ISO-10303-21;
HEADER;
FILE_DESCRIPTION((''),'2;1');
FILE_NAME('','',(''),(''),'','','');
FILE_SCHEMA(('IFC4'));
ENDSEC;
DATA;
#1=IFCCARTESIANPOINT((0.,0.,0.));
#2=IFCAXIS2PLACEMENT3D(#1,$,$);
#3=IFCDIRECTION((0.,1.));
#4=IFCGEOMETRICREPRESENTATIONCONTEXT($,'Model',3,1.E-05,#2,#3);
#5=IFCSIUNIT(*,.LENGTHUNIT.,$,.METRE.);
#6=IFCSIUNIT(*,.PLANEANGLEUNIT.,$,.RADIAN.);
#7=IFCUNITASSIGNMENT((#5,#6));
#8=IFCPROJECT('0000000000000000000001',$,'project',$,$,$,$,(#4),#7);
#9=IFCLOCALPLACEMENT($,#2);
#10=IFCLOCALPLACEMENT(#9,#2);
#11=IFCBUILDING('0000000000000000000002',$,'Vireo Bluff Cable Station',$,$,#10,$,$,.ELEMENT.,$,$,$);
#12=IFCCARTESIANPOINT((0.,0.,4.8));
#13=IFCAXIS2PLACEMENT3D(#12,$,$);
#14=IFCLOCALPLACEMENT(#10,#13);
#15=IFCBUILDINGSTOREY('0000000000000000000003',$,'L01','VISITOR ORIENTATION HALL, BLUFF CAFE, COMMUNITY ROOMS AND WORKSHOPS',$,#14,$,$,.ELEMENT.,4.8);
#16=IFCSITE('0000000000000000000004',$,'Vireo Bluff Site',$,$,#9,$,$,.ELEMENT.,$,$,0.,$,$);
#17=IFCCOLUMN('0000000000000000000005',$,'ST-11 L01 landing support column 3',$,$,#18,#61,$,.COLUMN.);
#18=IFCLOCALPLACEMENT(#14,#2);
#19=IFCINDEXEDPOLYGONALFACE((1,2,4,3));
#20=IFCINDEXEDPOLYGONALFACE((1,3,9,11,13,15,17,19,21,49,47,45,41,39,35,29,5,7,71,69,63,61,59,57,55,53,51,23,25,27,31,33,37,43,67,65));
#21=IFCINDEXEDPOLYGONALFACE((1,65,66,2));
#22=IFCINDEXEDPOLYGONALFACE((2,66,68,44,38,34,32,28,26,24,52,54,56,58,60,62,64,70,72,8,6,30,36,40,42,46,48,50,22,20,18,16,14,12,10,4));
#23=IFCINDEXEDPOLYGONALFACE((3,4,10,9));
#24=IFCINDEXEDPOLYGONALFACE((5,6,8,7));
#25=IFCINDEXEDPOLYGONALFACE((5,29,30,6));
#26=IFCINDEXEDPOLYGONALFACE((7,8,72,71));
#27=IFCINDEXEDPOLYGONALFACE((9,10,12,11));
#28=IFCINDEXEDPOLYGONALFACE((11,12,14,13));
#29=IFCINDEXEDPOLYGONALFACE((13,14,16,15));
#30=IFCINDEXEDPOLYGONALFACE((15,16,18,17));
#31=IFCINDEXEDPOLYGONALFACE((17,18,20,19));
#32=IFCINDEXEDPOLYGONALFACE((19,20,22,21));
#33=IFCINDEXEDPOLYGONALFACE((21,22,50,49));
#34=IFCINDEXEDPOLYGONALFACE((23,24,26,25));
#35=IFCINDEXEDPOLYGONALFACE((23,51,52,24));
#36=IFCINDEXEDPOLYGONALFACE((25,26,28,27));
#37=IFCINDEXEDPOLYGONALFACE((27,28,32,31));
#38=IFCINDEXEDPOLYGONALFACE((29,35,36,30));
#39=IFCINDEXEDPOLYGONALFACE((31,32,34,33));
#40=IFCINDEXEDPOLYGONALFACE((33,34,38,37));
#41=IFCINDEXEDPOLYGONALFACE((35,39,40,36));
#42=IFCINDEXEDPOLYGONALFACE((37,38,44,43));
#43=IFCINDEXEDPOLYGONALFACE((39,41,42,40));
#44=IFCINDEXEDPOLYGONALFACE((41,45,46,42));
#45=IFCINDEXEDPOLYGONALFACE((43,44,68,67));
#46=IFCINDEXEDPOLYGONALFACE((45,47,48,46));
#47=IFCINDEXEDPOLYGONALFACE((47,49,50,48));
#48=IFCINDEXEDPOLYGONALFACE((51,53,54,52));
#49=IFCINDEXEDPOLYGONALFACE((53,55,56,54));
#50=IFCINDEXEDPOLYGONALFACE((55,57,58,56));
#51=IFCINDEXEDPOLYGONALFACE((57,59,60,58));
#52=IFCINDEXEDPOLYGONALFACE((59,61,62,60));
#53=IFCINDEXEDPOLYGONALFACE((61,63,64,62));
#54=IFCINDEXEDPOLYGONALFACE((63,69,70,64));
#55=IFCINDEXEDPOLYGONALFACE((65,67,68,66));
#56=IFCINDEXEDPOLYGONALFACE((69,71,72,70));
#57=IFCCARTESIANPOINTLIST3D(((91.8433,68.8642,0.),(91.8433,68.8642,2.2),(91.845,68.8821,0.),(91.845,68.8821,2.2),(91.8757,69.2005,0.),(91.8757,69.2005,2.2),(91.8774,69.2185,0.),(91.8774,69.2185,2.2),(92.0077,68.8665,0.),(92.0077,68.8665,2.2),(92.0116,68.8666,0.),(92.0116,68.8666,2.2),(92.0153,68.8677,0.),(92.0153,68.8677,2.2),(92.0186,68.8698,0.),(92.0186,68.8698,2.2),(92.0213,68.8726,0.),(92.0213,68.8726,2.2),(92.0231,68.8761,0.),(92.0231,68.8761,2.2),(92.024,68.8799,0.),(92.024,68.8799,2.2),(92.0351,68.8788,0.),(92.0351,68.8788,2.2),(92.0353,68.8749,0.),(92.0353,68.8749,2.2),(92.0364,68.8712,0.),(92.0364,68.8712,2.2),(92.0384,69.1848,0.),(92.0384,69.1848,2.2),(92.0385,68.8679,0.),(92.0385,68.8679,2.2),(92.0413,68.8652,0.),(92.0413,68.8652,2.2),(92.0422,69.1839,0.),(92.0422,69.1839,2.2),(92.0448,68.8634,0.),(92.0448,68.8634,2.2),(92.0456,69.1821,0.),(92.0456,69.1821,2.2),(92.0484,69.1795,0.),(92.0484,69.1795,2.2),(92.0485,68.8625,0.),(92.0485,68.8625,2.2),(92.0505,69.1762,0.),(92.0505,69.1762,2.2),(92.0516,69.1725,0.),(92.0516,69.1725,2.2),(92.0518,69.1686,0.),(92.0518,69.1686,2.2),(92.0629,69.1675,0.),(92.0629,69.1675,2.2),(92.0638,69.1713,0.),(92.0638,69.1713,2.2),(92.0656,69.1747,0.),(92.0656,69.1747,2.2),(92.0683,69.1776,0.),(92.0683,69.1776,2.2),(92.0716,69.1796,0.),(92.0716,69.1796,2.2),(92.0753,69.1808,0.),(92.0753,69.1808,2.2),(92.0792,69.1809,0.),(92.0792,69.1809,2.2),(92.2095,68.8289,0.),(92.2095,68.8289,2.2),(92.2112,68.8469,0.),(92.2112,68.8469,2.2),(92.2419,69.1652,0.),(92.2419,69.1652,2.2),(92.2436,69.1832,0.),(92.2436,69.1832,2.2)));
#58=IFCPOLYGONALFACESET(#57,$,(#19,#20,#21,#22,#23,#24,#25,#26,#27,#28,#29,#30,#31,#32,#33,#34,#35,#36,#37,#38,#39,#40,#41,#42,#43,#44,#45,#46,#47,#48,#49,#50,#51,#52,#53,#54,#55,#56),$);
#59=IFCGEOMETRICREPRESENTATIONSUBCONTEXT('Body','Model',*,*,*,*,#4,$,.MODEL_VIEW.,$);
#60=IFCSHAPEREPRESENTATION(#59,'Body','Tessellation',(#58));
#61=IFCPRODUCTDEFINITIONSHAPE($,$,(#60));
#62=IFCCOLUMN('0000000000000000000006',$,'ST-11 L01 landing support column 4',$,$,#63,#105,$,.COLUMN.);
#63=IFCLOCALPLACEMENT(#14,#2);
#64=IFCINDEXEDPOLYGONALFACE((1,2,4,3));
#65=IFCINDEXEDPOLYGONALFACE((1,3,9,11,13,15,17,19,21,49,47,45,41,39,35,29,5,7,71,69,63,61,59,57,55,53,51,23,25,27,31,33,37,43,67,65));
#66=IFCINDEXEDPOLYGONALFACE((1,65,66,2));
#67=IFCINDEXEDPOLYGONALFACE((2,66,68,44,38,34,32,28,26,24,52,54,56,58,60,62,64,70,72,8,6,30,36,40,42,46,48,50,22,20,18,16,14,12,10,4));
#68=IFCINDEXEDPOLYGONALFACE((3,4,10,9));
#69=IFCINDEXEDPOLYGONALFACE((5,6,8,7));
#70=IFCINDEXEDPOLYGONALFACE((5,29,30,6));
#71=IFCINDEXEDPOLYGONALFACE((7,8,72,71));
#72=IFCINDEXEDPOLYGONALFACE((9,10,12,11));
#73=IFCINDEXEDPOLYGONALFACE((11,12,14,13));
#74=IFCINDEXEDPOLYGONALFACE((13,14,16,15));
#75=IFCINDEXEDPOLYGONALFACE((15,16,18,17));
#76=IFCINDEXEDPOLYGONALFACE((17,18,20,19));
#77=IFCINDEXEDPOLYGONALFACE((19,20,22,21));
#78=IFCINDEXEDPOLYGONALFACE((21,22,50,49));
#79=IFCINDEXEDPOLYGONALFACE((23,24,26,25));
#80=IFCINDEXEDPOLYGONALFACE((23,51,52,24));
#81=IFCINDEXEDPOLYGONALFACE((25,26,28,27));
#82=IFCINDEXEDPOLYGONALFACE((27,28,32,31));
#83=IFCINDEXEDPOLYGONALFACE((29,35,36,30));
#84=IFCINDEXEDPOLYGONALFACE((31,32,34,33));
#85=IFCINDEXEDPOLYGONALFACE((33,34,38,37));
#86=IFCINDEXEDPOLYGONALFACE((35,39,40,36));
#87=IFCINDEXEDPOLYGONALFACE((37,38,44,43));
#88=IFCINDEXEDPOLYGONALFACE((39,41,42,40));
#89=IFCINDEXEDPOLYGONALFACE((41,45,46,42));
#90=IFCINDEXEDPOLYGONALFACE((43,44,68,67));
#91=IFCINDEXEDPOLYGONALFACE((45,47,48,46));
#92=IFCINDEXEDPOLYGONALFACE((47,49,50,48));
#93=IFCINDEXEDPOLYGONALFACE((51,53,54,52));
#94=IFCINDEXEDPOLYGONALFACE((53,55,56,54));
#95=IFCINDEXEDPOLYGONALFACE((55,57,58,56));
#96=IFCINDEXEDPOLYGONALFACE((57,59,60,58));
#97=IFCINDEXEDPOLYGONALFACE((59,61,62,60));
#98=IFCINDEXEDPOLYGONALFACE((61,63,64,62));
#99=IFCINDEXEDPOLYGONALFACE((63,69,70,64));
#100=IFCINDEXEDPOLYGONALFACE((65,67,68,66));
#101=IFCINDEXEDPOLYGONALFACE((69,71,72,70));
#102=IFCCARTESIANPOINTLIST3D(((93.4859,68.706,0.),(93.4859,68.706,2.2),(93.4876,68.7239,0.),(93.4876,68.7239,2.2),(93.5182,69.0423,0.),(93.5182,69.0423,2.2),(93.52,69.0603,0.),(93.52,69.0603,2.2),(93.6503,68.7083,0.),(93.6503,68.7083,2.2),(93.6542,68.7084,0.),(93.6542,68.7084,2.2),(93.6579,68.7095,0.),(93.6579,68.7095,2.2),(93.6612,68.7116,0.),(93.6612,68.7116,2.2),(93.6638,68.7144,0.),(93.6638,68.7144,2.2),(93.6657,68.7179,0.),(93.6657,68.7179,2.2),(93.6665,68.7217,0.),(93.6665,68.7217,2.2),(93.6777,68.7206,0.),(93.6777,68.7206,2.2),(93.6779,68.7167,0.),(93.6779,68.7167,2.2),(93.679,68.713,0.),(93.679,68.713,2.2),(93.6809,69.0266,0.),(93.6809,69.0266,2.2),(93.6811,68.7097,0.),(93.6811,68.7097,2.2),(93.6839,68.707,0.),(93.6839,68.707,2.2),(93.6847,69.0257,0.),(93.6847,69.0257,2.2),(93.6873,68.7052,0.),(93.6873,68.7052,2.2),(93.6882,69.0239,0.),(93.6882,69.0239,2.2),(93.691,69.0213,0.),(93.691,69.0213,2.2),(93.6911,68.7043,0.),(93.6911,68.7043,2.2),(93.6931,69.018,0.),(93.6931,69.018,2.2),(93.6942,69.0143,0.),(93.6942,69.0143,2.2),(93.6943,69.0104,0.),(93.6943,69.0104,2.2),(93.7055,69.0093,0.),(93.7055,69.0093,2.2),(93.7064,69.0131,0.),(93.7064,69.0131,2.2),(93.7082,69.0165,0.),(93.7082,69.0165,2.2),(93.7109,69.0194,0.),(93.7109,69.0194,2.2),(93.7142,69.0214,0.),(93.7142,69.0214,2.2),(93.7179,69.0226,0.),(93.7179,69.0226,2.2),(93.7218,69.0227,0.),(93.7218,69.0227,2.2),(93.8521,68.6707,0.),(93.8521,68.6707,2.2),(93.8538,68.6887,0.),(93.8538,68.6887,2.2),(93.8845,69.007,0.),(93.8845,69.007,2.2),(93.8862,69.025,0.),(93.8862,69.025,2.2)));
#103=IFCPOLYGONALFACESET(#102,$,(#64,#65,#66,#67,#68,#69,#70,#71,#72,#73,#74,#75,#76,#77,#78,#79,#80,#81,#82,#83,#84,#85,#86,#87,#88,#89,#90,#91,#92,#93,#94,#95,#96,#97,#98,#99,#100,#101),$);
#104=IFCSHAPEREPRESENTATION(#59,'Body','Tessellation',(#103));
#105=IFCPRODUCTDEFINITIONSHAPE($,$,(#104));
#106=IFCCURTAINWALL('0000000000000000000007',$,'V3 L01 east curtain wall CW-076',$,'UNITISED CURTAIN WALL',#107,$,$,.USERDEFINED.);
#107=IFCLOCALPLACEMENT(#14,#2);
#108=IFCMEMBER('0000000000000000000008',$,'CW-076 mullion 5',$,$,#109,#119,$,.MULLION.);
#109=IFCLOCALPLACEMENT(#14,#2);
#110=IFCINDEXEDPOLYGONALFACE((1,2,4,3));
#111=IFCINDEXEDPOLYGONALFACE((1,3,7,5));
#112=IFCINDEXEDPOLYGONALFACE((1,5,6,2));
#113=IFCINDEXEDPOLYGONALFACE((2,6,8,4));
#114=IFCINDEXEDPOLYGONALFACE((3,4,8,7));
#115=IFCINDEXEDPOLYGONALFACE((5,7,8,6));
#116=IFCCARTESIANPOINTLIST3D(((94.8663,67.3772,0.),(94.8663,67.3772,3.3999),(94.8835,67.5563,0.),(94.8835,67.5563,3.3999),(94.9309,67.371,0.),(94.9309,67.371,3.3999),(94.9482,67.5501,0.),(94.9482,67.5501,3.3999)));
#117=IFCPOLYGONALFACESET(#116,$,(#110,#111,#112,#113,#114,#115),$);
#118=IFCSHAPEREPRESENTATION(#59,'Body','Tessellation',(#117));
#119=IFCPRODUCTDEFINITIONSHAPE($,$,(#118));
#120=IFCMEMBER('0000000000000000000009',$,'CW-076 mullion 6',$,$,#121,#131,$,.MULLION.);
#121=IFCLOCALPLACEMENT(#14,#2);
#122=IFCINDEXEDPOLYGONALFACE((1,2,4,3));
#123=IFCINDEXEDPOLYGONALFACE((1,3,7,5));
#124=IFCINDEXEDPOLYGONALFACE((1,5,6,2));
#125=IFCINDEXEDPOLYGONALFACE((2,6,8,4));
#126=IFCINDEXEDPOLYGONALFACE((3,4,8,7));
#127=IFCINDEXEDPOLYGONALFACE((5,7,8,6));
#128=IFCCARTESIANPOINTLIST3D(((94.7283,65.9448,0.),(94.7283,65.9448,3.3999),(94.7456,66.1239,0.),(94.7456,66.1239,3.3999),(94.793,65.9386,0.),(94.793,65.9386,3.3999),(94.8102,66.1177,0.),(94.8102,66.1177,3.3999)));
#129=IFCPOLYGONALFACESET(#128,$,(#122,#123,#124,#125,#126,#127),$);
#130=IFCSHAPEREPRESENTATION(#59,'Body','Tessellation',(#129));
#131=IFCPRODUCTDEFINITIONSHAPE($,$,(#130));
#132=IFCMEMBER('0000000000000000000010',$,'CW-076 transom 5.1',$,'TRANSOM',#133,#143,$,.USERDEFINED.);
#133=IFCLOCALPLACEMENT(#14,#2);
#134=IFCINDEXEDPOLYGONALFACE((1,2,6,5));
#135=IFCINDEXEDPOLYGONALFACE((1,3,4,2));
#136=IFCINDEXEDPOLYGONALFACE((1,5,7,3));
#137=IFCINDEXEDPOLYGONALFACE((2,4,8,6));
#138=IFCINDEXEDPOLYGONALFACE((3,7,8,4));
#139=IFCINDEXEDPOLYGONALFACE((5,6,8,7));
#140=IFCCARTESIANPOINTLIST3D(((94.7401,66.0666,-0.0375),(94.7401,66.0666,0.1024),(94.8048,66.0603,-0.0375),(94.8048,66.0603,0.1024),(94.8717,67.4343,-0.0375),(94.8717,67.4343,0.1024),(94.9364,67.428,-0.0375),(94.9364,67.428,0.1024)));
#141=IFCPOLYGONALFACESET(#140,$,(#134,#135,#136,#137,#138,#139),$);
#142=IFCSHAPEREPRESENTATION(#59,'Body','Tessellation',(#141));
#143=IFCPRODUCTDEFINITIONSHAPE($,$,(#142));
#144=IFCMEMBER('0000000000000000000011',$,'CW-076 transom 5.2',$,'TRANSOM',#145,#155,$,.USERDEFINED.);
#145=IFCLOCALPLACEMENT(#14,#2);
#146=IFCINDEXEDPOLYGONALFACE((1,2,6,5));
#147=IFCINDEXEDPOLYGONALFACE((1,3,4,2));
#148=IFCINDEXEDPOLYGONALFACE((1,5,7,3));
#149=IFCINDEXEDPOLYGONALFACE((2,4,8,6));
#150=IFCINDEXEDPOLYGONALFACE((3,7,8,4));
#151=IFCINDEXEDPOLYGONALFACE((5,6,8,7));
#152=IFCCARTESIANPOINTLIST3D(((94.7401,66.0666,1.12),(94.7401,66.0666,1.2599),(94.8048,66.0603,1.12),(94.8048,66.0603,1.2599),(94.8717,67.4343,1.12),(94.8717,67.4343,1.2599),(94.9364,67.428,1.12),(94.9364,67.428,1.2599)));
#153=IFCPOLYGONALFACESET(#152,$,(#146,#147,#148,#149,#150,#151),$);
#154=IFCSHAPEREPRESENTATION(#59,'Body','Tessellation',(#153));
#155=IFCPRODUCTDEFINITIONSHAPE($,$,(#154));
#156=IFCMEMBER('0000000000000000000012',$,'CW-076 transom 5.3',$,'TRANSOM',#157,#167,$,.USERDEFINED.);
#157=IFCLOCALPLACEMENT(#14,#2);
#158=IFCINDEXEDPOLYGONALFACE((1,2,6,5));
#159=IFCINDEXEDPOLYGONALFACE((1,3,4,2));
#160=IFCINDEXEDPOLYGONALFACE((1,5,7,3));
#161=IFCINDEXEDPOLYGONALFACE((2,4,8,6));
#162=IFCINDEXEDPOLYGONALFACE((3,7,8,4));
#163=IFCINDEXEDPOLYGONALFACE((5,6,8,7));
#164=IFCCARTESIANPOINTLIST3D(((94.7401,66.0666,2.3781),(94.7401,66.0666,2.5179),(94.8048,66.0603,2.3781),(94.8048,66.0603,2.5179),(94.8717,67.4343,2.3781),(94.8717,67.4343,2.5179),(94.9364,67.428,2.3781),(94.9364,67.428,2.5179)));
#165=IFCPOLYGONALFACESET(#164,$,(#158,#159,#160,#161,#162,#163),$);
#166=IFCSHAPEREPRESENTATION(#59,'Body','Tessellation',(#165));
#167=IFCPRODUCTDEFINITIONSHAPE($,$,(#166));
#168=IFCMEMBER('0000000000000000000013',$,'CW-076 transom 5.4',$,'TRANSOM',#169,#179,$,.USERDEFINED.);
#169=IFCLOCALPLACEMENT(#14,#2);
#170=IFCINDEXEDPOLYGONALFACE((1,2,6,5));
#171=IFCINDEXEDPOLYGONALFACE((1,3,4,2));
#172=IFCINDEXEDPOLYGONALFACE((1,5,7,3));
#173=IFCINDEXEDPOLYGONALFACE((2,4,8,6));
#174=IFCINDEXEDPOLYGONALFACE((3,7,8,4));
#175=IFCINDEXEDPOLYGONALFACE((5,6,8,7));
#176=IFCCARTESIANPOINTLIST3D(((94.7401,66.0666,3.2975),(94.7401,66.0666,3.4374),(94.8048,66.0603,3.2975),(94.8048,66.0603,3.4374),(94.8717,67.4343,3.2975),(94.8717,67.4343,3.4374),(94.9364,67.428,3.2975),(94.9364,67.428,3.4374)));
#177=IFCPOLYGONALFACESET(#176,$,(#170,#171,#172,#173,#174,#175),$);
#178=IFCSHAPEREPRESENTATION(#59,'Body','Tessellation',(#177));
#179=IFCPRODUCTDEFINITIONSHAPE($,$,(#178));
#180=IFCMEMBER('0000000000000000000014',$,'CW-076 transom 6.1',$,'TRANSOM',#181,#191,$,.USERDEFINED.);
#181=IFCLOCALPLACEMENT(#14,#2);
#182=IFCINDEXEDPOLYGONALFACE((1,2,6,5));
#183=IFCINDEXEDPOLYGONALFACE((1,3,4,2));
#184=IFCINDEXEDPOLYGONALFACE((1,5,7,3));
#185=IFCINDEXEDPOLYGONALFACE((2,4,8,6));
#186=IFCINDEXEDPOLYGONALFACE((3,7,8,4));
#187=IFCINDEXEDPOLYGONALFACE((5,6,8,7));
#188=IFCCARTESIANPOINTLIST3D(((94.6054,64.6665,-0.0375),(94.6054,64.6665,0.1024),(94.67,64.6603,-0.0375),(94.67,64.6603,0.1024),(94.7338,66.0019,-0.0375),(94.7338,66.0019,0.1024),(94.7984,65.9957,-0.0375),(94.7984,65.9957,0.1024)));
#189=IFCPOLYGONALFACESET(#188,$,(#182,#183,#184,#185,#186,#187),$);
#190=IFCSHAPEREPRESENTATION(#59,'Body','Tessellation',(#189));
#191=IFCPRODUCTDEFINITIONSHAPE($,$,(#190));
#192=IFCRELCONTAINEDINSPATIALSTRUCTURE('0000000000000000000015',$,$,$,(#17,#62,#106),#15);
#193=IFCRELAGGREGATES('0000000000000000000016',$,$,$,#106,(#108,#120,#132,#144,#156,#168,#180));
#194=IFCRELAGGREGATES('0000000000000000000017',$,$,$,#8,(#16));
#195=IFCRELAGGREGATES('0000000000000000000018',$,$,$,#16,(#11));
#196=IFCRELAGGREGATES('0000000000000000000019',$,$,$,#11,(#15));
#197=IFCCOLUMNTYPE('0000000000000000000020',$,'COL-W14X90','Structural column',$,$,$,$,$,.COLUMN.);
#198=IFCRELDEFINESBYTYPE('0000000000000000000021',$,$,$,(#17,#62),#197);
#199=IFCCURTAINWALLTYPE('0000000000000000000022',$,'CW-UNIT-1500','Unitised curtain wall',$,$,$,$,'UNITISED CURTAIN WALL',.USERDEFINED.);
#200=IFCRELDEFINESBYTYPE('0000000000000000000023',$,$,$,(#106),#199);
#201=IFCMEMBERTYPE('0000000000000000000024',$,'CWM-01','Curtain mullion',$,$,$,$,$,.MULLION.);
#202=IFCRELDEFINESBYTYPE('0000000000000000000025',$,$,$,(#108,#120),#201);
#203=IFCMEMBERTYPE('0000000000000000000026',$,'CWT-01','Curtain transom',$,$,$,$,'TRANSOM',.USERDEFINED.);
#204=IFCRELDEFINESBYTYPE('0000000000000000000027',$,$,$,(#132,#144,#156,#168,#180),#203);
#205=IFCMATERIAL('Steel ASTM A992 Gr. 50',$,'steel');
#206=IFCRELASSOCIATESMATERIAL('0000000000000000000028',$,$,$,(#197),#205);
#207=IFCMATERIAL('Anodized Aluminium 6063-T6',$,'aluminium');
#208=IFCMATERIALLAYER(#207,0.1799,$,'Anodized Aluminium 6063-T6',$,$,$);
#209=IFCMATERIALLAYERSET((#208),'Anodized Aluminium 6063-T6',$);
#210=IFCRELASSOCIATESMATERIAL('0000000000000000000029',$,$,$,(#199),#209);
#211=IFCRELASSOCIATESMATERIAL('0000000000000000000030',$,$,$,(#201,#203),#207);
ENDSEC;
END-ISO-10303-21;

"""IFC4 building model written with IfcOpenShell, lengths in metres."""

from ifc_helpers import new_model, si_unit, direction, frame, origin, origin_2d, place, context, subcontext, project, spatial, rectangle, i_section, extrude, material, layer, layer_set, material_profile, profile_set, type_object, element, aggregate, save


model = new_model("IFC4")

# Units and contexts
model_context = context("Model", 3, precision=1e-05, world=origin(), true_north=direction((0.0, 1.0)))
body_context = subcontext(model_context, "Body", "Model", "MODEL_VIEW")
ifc_project = project(units=[si_unit("LENGTHUNIT", "METRE"), si_unit("PLANEANGLEUNIT", "RADIAN")], contexts=[model_context])

# Site, building, storey
site_placement = place(None, origin())
site = spatial("IfcSite", under=ifc_project, at=site_placement, Name="Vireo Bluff Site", CompositionType="ELEMENT", RefElevation=0.0)
building_placement = place(site_placement, origin())
building = spatial("IfcBuilding", under=site, at=building_placement, Name="Vireo Bluff Cable Station", CompositionType="ELEMENT")
storey_placement = place(building_placement, frame((0.0, 0.0, 4.8)))
storey = spatial("IfcBuildingStorey", under=building, at=storey_placement, Name="L01", Description="VISITOR ORIENTATION HALL, BLUFF CAFE, COMMUNITY ROOMS AND WORKSHOPS", CompositionType="ELEMENT", Elevation=4.8)

# Columns
ifc_material_1 = material(Name="Steel ASTM A992 Gr. 50", Category="steel")
ifc_material_profile_1 = material_profile(ifc_material_1, i_section(OverallWidth=0.3679, OverallDepth=0.356, WebThickness=0.0112, FlangeThickness=0.0181, FilletRadius=0.0149, at=origin_2d()), Name="W14X90")
ifc_profile_set_1 = profile_set([ifc_material_profile_1], Name="Steel ASTM A992 Gr. 50")
column_type = type_object("IfcColumnType", Name="COL-W14X90", Description="Structural column", PredefinedType="COLUMN", material=ifc_profile_set_1)
for number, where, z_axis, x_axis, name in (
    (1, (92.0435, 69.0237, 0.0), (0.0, 0.0, 1.0), (0.995396, -0.095846, 0.0), "ST-11 L01 landing support column 3"),
    (2, (93.686, 68.8655, 0.0), (0.0, 0.0, 1.0), (0.995396, -0.095846, 0.0), "ST-11 L01 landing support column 4"),
):
    element("IfcColumn", number, at=place(storey_placement, frame(where, z_axis=z_axis, x_axis=x_axis)), inside=storey, type_object=column_type, Name=name, PredefinedType="COLUMN", context=body_context, shape_type="SweptSolid", body=[
        extrude(i_section(OverallWidth=0.3679, OverallDepth=0.356, WebThickness=0.0112, FlangeThickness=0.0181, FilletRadius=0.0149, at=origin_2d()), origin(), (0.0, 0.0, 1.0), 2.2),
    ])

# Curtain wall, members
ifc_material_2 = material(Name="Anodized Aluminium 6063-T6", Category="aluminium")
ifc_layer_1 = layer(ifc_material_2, 0.1799, Name="Anodized Aluminium 6063-T6")
ifc_layer_set_1 = layer_set([ifc_layer_1], Name="Anodized Aluminium 6063-T6")
curtain_wall_type = type_object("IfcCurtainWallType", Name="CW-UNIT-1500", Description="Unitised curtain wall", ElementType="UNITISED CURTAIN WALL", PredefinedType="USERDEFINED", material=ifc_layer_set_1)
curtain_wall_placement = place(storey_placement, origin())
curtain_wall = element("IfcCurtainWall", 3, at=curtain_wall_placement, inside=storey, type_object=curtain_wall_type, Name="V3 L01 east curtain wall CW-076", ObjectType="UNITISED CURTAIN WALL", PredefinedType="USERDEFINED")
ifc_material_profile_2 = material_profile(ifc_material_2, rectangle(XDim=0.0649, YDim=0.1799, at=origin_2d()), Name="ALU-M-65X180")
ifc_profile_set_2 = profile_set([ifc_material_profile_2], Name="Anodized Aluminium 6063-T6")
member_type_1 = type_object("IfcMemberType", Name="CWM-01", Description="Curtain mullion", PredefinedType="MULLION", material=ifc_profile_set_2)
member_1_placement = place(storey_placement, frame((94.9072, 67.4636, 0.0), z_axis=(0.0, 0.0, 1.0), x_axis=(0.995396, -0.095846, 0.0)))
member_1 = element("IfcMember", 4, at=member_1_placement, type_object=member_type_1, Name="CW-076 mullion 5", PredefinedType="MULLION", context=body_context, shape_type="SweptSolid", body=[
    extrude(rectangle(XDim=0.0649, YDim=0.1799, at=origin_2d()), origin(), (0.0, 0.0, 1.0), 3.3999),
])
member_2_placement = place(storey_placement, frame((94.7693, 66.0312, 0.0), z_axis=(0.0, 0.0, 1.0), x_axis=(0.995396, -0.095846, 0.0)))
member_2 = element("IfcMember", 5, at=member_2_placement, type_object=member_type_1, Name="CW-076 mullion 6", PredefinedType="MULLION", context=body_context, shape_type="SweptSolid", body=[
    extrude(rectangle(XDim=0.0649, YDim=0.1799, at=origin_2d()), origin(), (0.0, 0.0, 1.0), 3.3999),
])
ifc_material_profile_3 = material_profile(ifc_material_2, rectangle(XDim=0.0649, YDim=0.1399, at=origin_2d()), Name="ALU-T-65X140")
ifc_profile_set_3 = profile_set([ifc_material_profile_3], Name="Anodized Aluminium 6063-T6")
member_type_2 = type_object("IfcMemberType", Name="CWT-01", Description="Curtain transom", ElementType="TRANSOM", PredefinedType="USERDEFINED", material=ifc_profile_set_3)
member_3_placement = place(storey_placement, frame((94.9041, 67.4312, 0.0325), z_axis=(-0.095773, -0.995403, 0.0), x_axis=(0.995403, -0.095773, 0.0)))
member_3 = element("IfcMember", 6, at=member_3_placement, type_object=member_type_2, Name="CW-076 transom 5.1", ObjectType="TRANSOM", PredefinedType="USERDEFINED", context=body_context, shape_type="SweptSolid", body=[
    extrude(rectangle(XDim=0.0649, YDim=0.1399, at=origin_2d()), origin(), (0.0, 0.0, 1.0), 1.374),
])
member_4_placement = place(storey_placement, frame((94.9041, 67.4312, 1.1899), z_axis=(-0.095773, -0.995403, 0.0), x_axis=(0.995403, -0.095773, 0.0)))
member_4 = element("IfcMember", 7, at=member_4_placement, type_object=member_type_2, Name="CW-076 transom 5.2", ObjectType="TRANSOM", PredefinedType="USERDEFINED", context=body_context, shape_type="SweptSolid", body=[
    extrude(rectangle(XDim=0.0649, YDim=0.1399, at=origin_2d()), origin(), (0.0, 0.0, 1.0), 1.374),
])
member_5_placement = place(storey_placement, frame((94.9041, 67.4312, 2.448), z_axis=(-0.095773, -0.995403, 0.0), x_axis=(0.995403, -0.095773, 0.0)))
member_5 = element("IfcMember", 8, at=member_5_placement, type_object=member_type_2, Name="CW-076 transom 5.3", ObjectType="TRANSOM", PredefinedType="USERDEFINED", context=body_context, shape_type="SweptSolid", body=[
    extrude(rectangle(XDim=0.0649, YDim=0.1399, at=origin_2d()), origin(), (0.0, 0.0, 1.0), 1.374),
])
member_6_placement = place(storey_placement, frame((94.9041, 67.4312, 3.3674), z_axis=(-0.095773, -0.995403, 0.0), x_axis=(0.995403, -0.095773, 0.0)))
member_6 = element("IfcMember", 9, at=member_6_placement, type_object=member_type_2, Name="CW-076 transom 5.4", ObjectType="TRANSOM", PredefinedType="USERDEFINED", context=body_context, shape_type="SweptSolid", body=[
    extrude(rectangle(XDim=0.0649, YDim=0.1399, at=origin_2d()), origin(), (0.0, 0.0, 1.0), 1.374),
])
member_7_placement = place(storey_placement, frame((94.7661, 65.9988, 0.0325), z_axis=(-0.095719, -0.995408, 0.0), x_axis=(0.995408, -0.095719, 0.0)))
member_7 = element("IfcMember", 10, at=member_7_placement, type_object=member_type_2, Name="CW-076 transom 6.1", ObjectType="TRANSOM", PredefinedType="USERDEFINED", context=body_context, shape_type="SweptSolid", body=[
    extrude(rectangle(XDim=0.0649, YDim=0.1399, at=origin_2d()), origin(), (0.0, 0.0, 1.0), 1.3416),
])

aggregate(curtain_wall, [member_1, member_2, member_3, member_4, member_5, member_6, member_7])

save(model, "model.ifc")
